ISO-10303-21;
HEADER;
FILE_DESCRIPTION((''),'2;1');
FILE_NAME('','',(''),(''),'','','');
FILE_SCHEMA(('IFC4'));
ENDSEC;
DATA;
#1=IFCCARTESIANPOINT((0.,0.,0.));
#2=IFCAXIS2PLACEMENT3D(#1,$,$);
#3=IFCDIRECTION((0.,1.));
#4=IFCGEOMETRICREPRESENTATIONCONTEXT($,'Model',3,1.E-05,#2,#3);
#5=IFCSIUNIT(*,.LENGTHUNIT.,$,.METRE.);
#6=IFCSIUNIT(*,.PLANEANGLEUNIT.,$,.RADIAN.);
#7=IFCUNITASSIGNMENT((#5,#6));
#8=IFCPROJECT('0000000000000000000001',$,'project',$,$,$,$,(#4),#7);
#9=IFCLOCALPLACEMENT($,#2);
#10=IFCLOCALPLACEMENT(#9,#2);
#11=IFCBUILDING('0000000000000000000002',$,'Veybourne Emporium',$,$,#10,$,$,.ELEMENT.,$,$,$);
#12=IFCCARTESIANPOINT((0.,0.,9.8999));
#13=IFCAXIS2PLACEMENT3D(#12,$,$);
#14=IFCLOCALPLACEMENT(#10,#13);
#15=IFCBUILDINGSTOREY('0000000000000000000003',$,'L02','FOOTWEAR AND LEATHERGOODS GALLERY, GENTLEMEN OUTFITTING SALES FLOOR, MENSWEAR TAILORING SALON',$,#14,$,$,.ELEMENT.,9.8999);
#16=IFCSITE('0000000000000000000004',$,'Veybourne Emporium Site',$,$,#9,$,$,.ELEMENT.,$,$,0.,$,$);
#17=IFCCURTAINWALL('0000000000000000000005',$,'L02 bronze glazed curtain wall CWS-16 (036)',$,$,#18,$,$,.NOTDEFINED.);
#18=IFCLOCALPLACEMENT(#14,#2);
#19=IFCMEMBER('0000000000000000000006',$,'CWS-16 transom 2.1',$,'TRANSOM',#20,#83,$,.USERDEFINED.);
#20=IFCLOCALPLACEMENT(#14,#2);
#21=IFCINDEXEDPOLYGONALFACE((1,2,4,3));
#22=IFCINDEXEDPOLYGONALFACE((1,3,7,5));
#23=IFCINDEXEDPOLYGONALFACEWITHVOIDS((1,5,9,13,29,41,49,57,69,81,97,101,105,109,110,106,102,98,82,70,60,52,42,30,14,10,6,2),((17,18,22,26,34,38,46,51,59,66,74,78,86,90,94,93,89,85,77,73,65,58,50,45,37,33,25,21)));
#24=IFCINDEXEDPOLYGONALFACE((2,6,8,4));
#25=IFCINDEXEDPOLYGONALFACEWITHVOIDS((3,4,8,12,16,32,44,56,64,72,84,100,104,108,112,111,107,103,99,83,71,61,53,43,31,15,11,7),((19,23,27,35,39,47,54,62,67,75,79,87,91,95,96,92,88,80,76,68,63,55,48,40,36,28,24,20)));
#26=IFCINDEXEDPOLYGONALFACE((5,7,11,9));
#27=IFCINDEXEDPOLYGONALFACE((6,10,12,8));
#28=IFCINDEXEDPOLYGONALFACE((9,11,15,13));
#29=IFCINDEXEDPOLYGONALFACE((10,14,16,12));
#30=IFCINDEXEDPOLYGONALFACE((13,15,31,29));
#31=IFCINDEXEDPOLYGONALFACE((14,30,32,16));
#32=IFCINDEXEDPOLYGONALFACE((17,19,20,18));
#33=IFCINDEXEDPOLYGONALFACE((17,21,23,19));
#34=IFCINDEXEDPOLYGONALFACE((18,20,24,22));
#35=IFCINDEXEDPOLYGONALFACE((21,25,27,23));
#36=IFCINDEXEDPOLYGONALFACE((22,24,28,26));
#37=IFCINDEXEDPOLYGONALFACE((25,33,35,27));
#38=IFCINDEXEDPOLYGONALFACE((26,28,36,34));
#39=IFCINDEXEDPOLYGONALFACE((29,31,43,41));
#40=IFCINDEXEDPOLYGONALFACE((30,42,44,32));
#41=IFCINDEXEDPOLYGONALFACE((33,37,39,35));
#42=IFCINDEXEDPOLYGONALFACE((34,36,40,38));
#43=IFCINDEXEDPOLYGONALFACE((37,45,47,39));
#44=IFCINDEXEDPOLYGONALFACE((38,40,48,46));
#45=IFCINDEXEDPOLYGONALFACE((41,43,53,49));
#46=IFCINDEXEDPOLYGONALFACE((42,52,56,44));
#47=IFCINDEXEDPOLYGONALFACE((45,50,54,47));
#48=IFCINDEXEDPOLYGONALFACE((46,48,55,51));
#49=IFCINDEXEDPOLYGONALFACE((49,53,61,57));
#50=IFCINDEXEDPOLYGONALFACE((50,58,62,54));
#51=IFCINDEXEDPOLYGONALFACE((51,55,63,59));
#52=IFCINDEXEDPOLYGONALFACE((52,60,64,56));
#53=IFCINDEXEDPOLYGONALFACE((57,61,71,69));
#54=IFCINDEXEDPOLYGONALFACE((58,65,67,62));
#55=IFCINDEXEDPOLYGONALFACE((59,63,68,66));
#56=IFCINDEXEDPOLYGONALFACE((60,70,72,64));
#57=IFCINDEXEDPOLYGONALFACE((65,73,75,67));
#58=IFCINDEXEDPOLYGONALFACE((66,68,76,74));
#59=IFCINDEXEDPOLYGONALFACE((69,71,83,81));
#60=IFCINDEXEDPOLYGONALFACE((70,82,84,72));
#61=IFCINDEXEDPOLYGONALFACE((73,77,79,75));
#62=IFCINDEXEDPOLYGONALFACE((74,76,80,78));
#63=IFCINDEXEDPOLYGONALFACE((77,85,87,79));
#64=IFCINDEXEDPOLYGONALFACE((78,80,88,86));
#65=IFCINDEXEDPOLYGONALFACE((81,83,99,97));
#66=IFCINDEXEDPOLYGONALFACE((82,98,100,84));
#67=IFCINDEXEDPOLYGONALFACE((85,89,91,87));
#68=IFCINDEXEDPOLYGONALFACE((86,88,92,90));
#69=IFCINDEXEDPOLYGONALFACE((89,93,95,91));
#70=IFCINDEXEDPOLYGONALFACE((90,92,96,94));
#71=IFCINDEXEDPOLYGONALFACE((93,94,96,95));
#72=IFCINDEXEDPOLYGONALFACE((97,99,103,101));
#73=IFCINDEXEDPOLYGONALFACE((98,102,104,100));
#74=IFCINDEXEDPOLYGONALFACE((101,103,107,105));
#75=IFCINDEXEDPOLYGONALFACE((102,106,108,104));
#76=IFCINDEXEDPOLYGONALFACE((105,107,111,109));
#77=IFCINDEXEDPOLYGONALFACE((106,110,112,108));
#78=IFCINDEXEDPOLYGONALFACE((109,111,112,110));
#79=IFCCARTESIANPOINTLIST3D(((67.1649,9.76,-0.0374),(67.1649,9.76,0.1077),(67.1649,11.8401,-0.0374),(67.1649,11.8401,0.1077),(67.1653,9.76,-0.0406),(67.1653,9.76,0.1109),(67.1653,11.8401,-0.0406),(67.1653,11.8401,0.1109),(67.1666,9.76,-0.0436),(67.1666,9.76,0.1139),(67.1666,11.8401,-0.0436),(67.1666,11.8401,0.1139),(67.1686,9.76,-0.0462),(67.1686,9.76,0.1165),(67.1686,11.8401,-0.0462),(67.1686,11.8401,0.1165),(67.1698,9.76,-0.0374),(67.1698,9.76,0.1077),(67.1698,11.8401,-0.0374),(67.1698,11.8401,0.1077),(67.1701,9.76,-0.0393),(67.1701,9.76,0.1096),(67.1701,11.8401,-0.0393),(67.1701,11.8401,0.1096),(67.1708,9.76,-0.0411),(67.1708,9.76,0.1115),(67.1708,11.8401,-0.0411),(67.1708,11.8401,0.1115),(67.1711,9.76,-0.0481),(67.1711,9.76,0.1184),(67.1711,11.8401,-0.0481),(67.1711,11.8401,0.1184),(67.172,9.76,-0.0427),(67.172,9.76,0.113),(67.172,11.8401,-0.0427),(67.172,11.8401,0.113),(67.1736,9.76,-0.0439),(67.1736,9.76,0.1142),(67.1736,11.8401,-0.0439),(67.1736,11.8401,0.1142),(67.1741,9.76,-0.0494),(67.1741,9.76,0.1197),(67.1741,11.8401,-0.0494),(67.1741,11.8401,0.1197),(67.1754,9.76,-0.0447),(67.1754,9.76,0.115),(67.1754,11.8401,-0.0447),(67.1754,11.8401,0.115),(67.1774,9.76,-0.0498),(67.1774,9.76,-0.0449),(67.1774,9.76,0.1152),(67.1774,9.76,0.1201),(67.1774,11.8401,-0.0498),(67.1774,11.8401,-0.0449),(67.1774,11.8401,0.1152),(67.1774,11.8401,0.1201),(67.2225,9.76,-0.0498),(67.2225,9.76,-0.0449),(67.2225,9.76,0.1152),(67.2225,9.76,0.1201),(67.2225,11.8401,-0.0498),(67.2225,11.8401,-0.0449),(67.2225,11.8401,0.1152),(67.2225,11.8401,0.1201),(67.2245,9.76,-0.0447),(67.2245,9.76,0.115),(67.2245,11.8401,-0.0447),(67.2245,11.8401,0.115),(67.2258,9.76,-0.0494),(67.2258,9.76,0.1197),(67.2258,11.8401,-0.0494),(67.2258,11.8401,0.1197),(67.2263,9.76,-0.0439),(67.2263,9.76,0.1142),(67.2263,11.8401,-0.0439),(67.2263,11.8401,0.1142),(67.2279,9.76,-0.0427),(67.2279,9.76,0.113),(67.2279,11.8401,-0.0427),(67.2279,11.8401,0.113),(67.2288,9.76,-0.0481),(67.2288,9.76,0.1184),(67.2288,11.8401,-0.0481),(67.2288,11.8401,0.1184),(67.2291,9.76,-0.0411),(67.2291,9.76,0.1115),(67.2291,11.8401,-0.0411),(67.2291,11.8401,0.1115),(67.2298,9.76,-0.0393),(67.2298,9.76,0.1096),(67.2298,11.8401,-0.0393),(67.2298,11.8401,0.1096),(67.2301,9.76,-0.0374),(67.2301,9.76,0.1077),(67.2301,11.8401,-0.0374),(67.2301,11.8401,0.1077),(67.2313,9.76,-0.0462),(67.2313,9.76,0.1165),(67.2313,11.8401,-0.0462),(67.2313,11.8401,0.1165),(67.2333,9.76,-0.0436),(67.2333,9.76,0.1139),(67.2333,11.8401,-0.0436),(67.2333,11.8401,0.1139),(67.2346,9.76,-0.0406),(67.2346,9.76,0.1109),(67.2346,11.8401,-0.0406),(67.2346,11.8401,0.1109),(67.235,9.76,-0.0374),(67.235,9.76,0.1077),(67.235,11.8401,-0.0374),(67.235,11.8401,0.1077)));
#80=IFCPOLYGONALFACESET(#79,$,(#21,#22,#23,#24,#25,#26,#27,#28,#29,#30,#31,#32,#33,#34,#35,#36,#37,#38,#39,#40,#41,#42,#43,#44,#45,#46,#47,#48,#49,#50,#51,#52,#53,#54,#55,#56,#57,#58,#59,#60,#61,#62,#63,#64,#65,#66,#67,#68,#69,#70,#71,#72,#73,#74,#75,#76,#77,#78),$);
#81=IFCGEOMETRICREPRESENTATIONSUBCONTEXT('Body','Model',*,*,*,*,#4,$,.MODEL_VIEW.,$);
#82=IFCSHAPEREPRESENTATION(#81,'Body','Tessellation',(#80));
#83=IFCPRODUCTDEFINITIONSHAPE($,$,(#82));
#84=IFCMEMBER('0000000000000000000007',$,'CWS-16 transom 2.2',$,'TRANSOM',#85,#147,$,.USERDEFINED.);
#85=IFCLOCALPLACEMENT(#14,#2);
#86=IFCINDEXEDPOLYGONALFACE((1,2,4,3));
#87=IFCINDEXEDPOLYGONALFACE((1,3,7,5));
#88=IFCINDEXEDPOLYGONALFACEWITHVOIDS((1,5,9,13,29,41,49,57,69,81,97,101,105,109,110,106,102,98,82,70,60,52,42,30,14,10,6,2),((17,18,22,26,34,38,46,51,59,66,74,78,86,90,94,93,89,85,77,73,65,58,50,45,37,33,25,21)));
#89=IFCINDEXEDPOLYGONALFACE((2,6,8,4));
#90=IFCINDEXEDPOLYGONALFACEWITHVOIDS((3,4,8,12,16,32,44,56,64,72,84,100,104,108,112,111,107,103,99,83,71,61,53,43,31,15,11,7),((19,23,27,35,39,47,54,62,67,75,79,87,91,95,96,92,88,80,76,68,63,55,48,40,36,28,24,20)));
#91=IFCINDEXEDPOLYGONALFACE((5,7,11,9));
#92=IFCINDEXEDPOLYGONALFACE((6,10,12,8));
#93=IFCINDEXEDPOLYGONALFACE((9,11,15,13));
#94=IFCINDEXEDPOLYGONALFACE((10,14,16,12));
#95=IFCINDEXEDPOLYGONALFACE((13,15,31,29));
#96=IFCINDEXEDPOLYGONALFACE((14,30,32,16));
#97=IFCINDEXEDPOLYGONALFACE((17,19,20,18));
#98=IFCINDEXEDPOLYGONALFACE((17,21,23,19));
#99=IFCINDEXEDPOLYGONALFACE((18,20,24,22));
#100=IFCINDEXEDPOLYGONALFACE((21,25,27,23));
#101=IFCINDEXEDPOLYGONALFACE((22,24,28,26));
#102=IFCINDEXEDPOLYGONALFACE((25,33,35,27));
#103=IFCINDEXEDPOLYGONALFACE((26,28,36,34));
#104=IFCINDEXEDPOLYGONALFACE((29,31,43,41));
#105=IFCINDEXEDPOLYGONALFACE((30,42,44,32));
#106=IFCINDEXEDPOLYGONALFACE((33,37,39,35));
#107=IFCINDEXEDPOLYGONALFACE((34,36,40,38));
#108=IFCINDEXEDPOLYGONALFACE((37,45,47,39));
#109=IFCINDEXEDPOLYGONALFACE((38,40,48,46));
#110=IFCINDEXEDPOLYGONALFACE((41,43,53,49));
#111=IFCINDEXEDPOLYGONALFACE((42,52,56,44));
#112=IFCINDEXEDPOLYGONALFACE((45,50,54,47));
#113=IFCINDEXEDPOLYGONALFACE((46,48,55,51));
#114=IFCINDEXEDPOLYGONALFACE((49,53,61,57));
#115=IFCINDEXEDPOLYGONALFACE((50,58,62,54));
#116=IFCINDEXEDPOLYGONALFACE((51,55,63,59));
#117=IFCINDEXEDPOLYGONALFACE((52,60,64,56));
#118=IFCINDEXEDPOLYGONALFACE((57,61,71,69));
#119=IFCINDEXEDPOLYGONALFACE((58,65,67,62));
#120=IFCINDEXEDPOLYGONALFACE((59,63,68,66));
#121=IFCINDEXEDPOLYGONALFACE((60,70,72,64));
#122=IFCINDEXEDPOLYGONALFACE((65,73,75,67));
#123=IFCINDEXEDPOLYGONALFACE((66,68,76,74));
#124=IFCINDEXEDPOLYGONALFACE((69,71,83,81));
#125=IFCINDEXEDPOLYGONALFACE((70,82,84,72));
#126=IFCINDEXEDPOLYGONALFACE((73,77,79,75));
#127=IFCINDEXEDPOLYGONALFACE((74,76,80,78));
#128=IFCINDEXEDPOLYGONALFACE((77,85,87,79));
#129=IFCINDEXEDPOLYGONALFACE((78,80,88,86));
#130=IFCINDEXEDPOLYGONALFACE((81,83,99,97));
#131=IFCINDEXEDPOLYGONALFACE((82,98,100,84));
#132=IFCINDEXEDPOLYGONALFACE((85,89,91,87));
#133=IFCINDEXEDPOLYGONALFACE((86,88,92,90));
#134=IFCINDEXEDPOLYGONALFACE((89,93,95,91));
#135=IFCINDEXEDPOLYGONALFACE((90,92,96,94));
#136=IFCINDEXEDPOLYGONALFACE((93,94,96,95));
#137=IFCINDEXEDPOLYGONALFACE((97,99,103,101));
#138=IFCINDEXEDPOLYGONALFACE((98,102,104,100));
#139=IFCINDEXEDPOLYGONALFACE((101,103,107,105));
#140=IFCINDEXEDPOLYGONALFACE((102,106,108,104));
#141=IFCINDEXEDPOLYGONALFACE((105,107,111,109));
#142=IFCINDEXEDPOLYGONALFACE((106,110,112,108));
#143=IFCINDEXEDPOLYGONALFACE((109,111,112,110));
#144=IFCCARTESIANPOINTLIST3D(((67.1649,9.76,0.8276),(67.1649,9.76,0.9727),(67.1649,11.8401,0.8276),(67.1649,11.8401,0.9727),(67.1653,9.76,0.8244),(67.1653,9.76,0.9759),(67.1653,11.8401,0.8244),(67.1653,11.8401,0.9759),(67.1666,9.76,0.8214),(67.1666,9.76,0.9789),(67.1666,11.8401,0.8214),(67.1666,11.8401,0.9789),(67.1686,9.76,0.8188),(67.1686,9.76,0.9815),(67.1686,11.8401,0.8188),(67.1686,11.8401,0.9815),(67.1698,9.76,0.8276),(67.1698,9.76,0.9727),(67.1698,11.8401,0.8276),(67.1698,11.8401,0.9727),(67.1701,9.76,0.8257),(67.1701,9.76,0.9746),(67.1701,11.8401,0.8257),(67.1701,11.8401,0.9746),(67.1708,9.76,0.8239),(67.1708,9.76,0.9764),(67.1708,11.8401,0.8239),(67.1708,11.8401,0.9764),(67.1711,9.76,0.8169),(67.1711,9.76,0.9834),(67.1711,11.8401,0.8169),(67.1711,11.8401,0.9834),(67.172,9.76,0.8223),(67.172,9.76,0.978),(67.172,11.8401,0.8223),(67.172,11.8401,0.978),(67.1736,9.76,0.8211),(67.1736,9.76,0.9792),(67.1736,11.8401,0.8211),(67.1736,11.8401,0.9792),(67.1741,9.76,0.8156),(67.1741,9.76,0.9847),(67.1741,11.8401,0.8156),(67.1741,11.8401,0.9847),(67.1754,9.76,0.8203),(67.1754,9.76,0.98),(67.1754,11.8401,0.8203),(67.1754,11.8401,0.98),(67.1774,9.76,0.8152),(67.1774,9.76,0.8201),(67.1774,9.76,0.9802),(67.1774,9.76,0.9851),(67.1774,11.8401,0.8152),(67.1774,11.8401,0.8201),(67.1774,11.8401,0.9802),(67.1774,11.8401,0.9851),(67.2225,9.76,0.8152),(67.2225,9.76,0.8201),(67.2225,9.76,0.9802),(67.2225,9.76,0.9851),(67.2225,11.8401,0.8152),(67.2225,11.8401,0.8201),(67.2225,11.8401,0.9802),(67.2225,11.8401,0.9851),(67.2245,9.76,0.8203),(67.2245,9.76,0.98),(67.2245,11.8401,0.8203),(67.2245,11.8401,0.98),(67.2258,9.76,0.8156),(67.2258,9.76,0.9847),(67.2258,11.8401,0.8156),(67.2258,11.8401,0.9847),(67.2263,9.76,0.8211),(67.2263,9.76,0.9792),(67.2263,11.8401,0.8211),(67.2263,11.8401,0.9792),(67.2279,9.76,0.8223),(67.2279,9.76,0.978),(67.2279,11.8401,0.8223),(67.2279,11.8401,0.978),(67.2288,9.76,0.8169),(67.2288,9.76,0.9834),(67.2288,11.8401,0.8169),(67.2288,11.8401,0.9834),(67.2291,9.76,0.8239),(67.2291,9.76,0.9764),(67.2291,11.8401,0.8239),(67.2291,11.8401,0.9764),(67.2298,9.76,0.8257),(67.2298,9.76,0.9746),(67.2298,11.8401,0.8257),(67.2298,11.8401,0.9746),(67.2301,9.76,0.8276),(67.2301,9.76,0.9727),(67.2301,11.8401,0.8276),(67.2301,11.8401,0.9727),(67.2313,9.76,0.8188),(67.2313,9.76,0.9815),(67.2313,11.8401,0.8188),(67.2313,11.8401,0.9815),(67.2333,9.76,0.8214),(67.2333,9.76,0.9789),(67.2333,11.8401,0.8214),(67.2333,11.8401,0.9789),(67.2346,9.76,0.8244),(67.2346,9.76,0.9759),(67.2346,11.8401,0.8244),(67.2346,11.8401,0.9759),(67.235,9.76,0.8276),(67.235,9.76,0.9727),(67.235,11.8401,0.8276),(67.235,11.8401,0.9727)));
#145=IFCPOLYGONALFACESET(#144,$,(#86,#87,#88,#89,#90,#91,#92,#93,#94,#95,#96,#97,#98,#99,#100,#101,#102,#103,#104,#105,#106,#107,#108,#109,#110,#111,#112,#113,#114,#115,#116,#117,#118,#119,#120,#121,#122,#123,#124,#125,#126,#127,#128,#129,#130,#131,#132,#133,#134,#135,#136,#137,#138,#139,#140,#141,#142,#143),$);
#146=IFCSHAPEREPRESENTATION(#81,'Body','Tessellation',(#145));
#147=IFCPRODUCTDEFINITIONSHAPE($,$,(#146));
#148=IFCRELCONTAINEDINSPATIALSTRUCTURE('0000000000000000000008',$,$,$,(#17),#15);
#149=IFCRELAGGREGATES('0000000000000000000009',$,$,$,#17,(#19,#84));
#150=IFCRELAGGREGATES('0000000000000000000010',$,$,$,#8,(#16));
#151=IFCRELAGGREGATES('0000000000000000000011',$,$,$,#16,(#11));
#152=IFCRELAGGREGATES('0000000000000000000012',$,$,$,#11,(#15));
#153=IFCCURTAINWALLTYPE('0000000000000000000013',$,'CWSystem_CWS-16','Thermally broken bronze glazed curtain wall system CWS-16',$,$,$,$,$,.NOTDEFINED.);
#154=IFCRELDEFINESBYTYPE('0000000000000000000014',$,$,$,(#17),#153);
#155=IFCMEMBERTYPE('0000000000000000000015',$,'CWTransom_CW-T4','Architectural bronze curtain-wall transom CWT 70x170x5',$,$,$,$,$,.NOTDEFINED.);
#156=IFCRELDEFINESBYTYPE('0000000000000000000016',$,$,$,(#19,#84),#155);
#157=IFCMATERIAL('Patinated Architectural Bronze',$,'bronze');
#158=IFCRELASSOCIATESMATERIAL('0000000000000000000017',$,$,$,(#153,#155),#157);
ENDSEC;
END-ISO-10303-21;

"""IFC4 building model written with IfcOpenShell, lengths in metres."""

from ifc_helpers import new_model, si_unit, direction, frame, origin, origin_2d, place, context, subcontext, project, spatial, hollow_rectangle, extrude, material, material_profile, profile_set, type_object, element, aggregate, save


model = new_model("IFC4")

# Units and contexts
model_context = context("Model", 3, precision=1e-05, world=origin(), true_north=direction((0.0, 1.0)))
body_context = subcontext(model_context, "Body", "Model", "MODEL_VIEW")
ifc_project = project(units=[si_unit("LENGTHUNIT", "METRE"), si_unit("PLANEANGLEUNIT", "RADIAN")], contexts=[model_context])

# Site, building, storey
site_placement = place(None, origin())
site = spatial("IfcSite", under=ifc_project, at=site_placement, Name="Veybourne Emporium Site", CompositionType="ELEMENT", RefElevation=0.0)
building_placement = place(site_placement, origin())
building = spatial("IfcBuilding", under=site, at=building_placement, Name="Veybourne Emporium", CompositionType="ELEMENT")
storey_placement = place(building_placement, frame((0.0, 0.0, 9.8999)))
storey = spatial("IfcBuildingStorey", under=building, at=storey_placement, Name="L02", Description="FOOTWEAR AND LEATHERGOODS GALLERY, GENTLEMEN OUTFITTING SALES FLOOR, MENSWEAR TAILORING SALON", CompositionType="ELEMENT", Elevation=9.8999)

# Curtain wall, members
ifc_material_1 = material(Name="Patinated Architectural Bronze", Category="bronze")
curtain_wall_type = type_object("IfcCurtainWallType", Name="CWSystem_CWS-16", Description="Thermally broken bronze glazed curtain wall system CWS-16", PredefinedType="NOTDEFINED", material=ifc_material_1)
curtain_wall_placement = place(storey_placement, origin())
curtain_wall = element("IfcCurtainWall", 1, at=curtain_wall_placement, inside=storey, type_object=curtain_wall_type, Name="L02 bronze glazed curtain wall CWS-16 (036)", PredefinedType="NOTDEFINED")
ifc_material_profile = material_profile(ifc_material_1, hollow_rectangle(XDim=0.0701, YDim=0.1699, WallThickness=0.0049, InnerFilletRadius=0.0076, OuterFilletRadius=0.0125, at=origin_2d()), Name="CWT 70x170x5")
ifc_profile_set = profile_set([ifc_material_profile], Name="Patinated Architectural Bronze")
member_type = type_object("IfcMemberType", Name="CWTransom_CW-T4", Description="Architectural bronze curtain-wall transom CWT 70x170x5", PredefinedType="NOTDEFINED", material=ifc_profile_set)
member_1_placement = place(storey_placement, frame((67.2, 9.76, 0.0352), z_axis=(0.0, 1.0, 0.0), x_axis=(-1.0, 0.0, 0.0)))
member_1 = element("IfcMember", 2, at=member_1_placement, type_object=member_type, Name="CWS-16 transom 2.1", ObjectType="TRANSOM", PredefinedType="USERDEFINED", context=body_context, shape_type="SweptSolid", body=[
    extrude(hollow_rectangle(XDim=0.0701, YDim=0.1699, WallThickness=0.0049, InnerFilletRadius=0.0076, OuterFilletRadius=0.0125, at=origin_2d()), origin(), (0.0, 0.0, 1.0), 2.0801),
])
member_2_placement = place(storey_placement, frame((67.2, 9.76, 0.9001), z_axis=(0.0, 1.0, 0.0), x_axis=(-1.0, 0.0, 0.0)))
member_2 = element("IfcMember", 3, at=member_2_placement, type_object=member_type, Name="CWS-16 transom 2.2", ObjectType="TRANSOM", PredefinedType="USERDEFINED", context=body_context, shape_type="SweptSolid", body=[
    extrude(hollow_rectangle(XDim=0.0701, YDim=0.1699, WallThickness=0.0049, InnerFilletRadius=0.0076, OuterFilletRadius=0.0125, at=origin_2d()), origin(), (0.0, 0.0, 1.0), 2.0801),
])
aggregate(curtain_wall, [member_1, member_2])

save(model, "model.ifc")
